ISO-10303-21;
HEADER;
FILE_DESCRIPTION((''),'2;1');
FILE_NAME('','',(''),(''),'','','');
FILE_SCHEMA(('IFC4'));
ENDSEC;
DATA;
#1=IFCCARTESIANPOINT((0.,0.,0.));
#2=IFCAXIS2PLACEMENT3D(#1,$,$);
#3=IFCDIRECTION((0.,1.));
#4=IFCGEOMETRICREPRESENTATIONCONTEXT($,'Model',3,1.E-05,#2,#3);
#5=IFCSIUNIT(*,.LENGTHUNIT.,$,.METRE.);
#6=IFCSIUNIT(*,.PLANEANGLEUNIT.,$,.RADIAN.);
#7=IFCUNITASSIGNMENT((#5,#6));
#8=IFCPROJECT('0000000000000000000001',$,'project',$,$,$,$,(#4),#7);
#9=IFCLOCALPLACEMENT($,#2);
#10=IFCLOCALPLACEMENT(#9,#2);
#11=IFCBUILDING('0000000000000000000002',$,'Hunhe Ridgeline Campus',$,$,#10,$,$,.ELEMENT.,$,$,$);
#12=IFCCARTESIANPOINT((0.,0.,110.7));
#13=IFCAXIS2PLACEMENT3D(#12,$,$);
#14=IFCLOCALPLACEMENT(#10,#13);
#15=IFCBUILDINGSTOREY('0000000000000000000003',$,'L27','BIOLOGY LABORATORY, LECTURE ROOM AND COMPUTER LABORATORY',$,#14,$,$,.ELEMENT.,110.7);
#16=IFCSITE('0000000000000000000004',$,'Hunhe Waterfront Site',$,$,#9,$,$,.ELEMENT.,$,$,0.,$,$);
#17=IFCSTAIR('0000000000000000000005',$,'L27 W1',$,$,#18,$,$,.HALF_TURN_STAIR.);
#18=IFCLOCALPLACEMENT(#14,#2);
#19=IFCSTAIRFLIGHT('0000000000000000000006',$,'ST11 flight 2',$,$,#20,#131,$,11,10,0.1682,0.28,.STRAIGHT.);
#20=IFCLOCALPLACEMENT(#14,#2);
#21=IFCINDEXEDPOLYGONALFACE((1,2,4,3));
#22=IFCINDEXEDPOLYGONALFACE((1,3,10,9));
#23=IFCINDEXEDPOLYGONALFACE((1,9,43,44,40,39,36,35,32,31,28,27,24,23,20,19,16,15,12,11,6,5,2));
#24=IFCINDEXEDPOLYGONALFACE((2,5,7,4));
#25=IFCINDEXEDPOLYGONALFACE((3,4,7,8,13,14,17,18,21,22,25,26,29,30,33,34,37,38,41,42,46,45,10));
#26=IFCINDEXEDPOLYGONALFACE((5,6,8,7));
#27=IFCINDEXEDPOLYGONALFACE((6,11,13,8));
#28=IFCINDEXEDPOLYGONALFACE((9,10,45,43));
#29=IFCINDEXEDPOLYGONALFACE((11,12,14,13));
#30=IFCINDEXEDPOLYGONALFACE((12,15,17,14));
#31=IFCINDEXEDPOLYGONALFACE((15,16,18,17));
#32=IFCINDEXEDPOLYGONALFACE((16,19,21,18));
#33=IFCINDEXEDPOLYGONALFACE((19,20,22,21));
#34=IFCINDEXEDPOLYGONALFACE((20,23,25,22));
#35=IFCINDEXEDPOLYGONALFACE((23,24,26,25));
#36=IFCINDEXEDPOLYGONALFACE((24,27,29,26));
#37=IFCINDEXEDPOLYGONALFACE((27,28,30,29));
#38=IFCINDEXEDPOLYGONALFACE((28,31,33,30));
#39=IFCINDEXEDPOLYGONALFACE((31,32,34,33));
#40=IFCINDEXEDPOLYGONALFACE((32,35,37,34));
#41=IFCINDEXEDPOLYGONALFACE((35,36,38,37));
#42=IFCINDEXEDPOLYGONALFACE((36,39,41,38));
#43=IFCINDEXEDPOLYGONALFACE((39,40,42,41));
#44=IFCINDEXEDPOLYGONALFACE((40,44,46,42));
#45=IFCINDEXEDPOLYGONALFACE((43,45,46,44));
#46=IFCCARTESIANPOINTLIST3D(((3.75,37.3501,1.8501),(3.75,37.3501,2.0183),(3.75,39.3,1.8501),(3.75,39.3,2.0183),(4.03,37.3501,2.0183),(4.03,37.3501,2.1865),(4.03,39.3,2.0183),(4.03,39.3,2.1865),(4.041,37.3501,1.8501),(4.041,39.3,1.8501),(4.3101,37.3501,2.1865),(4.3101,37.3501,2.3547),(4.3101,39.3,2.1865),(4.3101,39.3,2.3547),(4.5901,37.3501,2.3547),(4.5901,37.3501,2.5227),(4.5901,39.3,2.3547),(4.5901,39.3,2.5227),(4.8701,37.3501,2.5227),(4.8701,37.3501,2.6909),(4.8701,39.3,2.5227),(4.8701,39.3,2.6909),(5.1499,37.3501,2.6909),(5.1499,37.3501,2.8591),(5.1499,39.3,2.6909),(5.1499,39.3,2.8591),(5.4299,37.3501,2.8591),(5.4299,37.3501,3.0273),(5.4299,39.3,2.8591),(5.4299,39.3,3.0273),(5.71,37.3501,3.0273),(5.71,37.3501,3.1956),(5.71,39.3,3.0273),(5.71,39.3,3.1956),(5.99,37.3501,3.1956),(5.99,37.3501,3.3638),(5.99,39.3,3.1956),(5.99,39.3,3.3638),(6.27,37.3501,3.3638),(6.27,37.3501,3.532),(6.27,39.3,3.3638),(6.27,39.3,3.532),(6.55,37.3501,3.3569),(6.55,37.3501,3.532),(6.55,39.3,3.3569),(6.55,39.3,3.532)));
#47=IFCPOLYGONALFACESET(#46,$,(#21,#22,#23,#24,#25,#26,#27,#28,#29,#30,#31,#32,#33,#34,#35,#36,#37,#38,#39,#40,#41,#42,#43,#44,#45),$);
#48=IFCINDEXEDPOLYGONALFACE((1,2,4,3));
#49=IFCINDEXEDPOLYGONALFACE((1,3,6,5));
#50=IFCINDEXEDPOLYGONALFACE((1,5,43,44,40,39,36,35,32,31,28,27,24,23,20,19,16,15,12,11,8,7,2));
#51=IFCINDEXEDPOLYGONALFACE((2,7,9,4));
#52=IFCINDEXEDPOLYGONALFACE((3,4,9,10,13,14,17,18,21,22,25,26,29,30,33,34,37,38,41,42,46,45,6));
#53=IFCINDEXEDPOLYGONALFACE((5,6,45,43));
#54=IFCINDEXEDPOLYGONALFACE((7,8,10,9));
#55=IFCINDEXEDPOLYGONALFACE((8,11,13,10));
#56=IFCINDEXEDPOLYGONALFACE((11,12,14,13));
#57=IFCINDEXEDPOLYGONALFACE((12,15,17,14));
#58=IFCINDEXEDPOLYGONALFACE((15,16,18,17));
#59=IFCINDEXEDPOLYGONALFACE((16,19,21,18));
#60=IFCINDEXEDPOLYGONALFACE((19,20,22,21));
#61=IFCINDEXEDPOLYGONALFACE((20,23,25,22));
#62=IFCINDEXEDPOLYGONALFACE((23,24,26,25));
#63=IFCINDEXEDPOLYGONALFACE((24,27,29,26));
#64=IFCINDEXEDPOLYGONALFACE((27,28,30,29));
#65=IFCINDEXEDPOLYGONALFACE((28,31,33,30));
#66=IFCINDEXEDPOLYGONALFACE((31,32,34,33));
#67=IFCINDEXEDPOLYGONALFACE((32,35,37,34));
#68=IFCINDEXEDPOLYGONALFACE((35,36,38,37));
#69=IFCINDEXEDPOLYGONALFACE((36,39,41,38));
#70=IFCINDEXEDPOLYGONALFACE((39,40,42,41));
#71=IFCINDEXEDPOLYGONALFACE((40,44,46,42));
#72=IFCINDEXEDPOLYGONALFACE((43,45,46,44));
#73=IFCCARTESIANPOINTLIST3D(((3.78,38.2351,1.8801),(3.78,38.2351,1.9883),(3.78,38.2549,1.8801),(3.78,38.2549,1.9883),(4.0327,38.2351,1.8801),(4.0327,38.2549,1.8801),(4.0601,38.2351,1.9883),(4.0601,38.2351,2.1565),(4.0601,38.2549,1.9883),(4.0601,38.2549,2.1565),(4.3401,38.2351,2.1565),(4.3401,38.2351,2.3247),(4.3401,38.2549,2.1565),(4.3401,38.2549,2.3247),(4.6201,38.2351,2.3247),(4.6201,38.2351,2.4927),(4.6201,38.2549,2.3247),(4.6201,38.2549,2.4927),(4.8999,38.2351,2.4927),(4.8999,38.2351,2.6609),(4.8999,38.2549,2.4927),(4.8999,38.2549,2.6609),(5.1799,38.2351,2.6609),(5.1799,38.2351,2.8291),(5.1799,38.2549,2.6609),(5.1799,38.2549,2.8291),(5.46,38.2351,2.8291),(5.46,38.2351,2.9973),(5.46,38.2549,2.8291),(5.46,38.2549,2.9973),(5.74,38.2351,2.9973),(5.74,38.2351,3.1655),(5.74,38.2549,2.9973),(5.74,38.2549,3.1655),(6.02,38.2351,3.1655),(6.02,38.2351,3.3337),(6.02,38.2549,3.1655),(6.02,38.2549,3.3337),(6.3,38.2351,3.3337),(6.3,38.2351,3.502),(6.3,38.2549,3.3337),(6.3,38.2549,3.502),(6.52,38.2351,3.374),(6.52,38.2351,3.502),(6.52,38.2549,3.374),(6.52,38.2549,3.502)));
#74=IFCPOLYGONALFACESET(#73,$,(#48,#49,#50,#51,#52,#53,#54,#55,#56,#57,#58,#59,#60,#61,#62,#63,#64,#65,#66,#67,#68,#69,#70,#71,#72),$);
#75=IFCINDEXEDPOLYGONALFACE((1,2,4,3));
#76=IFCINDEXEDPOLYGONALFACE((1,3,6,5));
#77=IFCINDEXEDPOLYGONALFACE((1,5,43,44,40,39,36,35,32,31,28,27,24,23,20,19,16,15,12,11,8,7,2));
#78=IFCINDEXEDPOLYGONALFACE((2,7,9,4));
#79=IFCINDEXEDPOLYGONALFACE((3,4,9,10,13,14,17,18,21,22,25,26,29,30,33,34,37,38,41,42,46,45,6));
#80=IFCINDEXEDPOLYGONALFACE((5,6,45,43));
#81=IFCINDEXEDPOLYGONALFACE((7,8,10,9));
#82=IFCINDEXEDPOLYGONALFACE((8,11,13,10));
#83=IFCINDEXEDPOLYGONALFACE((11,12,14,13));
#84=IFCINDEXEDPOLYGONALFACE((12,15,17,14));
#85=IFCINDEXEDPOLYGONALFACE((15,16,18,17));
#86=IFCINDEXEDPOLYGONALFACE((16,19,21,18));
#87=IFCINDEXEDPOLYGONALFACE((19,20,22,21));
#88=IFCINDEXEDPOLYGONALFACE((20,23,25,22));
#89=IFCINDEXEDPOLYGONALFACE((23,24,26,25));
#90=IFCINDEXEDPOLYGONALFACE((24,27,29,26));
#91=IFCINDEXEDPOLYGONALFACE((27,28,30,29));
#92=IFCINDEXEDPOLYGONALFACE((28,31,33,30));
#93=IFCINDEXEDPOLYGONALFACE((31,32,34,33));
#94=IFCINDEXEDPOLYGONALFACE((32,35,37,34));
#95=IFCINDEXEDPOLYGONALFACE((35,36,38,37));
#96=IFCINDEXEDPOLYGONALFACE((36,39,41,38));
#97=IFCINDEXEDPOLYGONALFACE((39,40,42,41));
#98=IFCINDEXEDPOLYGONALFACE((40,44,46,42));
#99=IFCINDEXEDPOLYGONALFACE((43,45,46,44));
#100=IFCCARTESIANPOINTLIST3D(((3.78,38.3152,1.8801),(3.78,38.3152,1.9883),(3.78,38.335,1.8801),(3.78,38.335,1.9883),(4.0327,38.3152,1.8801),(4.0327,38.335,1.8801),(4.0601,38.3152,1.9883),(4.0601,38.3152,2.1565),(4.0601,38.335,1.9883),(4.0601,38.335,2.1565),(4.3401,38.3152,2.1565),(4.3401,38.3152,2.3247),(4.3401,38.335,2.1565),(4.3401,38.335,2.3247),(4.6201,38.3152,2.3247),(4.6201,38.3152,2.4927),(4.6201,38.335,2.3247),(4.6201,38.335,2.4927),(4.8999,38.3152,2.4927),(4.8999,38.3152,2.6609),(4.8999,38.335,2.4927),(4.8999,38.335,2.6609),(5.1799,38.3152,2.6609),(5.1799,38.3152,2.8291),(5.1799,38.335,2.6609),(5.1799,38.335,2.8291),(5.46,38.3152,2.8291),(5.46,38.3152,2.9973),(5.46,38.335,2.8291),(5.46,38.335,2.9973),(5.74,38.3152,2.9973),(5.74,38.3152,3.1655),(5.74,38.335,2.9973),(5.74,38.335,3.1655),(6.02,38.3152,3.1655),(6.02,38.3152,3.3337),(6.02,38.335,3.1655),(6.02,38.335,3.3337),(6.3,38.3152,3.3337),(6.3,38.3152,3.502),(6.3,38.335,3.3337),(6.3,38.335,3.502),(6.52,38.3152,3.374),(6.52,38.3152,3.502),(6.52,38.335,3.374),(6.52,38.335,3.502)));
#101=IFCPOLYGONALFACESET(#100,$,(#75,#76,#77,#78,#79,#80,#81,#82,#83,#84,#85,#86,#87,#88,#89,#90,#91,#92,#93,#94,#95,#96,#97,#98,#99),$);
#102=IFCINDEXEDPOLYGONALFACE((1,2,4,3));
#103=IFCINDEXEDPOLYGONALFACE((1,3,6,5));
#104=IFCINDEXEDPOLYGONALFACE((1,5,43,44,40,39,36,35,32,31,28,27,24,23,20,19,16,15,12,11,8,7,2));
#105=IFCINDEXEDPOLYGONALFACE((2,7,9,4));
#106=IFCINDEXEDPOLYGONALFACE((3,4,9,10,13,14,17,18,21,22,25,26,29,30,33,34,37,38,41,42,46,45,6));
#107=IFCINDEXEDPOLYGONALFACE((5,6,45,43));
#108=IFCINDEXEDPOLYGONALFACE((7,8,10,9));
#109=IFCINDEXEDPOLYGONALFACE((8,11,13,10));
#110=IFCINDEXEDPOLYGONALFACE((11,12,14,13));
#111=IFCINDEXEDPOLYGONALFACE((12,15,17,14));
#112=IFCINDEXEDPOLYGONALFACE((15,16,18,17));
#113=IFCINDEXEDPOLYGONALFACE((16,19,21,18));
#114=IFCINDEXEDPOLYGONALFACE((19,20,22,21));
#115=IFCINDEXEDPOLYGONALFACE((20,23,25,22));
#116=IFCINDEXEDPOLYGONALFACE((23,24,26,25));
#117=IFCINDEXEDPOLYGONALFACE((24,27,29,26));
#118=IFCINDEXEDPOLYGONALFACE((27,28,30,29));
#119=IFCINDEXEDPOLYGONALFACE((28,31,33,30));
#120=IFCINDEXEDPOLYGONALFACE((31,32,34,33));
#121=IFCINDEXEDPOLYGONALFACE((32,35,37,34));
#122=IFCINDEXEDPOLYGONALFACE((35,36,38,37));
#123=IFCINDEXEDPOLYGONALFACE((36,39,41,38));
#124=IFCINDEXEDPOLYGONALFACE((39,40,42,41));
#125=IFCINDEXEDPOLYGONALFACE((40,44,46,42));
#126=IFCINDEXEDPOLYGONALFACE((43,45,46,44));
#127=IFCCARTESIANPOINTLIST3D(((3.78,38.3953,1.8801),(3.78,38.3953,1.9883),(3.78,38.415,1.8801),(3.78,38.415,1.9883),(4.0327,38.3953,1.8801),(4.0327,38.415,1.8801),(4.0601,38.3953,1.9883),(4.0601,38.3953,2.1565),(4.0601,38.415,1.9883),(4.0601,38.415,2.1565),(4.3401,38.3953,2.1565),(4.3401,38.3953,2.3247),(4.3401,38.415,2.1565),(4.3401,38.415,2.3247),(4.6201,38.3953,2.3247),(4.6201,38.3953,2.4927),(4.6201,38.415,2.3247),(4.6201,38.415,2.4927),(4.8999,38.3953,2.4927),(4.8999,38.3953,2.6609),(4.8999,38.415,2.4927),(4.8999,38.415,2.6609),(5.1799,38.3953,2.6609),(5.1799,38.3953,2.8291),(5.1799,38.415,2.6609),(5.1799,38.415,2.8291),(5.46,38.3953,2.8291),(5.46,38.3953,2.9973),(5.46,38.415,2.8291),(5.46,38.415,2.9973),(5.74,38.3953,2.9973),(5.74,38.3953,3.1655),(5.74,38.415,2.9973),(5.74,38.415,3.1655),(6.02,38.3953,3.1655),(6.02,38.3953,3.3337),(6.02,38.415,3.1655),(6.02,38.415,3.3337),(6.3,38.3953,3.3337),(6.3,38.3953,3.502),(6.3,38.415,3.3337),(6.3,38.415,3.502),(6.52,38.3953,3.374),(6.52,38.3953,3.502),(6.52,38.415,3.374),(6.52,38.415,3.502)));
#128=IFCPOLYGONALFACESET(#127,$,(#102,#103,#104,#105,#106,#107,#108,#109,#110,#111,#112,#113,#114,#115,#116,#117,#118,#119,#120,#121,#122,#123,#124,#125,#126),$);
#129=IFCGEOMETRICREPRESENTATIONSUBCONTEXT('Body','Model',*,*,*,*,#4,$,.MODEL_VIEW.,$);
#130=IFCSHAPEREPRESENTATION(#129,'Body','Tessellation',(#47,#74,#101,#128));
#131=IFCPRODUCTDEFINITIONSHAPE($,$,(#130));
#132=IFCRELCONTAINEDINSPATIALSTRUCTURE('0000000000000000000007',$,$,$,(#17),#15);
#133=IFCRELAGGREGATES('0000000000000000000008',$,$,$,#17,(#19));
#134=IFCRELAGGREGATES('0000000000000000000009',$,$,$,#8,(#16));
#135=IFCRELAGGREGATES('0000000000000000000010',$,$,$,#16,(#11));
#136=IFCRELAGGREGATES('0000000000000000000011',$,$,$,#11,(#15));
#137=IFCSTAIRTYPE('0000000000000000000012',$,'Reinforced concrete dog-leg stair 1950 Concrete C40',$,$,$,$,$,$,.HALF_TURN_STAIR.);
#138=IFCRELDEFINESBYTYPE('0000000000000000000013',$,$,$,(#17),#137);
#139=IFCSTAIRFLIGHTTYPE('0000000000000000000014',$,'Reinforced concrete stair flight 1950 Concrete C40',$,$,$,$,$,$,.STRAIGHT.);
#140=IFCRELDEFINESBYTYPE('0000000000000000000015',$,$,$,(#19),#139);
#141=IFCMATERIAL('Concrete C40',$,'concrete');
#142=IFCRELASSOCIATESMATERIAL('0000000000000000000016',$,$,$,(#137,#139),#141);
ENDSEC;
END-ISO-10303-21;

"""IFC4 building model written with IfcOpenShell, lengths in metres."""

from ifc_helpers import new_model, si_unit, direction, frame, origin, place, context, subcontext, project, spatial, polyline, outline, extrude, material, type_object, element, aggregate, save


model = new_model("IFC4")

# Units and contexts
model_context = context("Model", 3, precision=1e-05, world=origin(), true_north=direction((0.0, 1.0)))
body_context = subcontext(model_context, "Body", "Model", "MODEL_VIEW")
ifc_project = project(units=[si_unit("LENGTHUNIT", "METRE"), si_unit("PLANEANGLEUNIT", "RADIAN")], contexts=[model_context])

# Site, building, storey
site_placement = place(None, origin())
site = spatial("IfcSite", under=ifc_project, at=site_placement, Name="Hunhe Waterfront Site", CompositionType="ELEMENT", RefElevation=0.0)
building_placement = place(site_placement, origin())
building = spatial("IfcBuilding", under=site, at=building_placement, Name="Hunhe Ridgeline Campus", CompositionType="ELEMENT")
storey_placement = place(building_placement, frame((0.0, 0.0, 110.7)))
storey = spatial("IfcBuildingStorey", under=building, at=storey_placement, Name="L27", Description="BIOLOGY LABORATORY, LECTURE ROOM AND COMPUTER LABORATORY", CompositionType="ELEMENT", Elevation=110.7)

# Shared definitions
ifc_material_1 = material(Name="Concrete C40", Category="concrete")
stair_type = type_object("IfcStairType", Name="Reinforced concrete dog-leg stair 1950 Concrete C40", PredefinedType="HALF_TURN_STAIR", material=ifc_material_1)
stair_flight_type = type_object("IfcStairFlightType", Name="Reinforced concrete stair flight 1950 Concrete C40", PredefinedType="STRAIGHT", material=ifc_material_1)

# Stair, stair flight
stair_1_placement = place(storey_placement, origin())
stair_1 = element("IfcStair", 1, at=stair_1_placement, inside=storey, type_object=stair_type, Name="L27 W1", PredefinedType="HALF_TURN_STAIR")
stair_flight_1_placement = place(storey_placement, frame((3.75, 38.325, 1.8501), z_axis=(0.0, 0.0, 1.0), x_axis=(1.0, 0.0, 0.0)))
stair_flight_1 = element("IfcStairFlight", 2, at=stair_flight_1_placement, type_object=stair_flight_type, Name="ST11 flight 2", NumberOfRisers=11, NumberOfTreads=10, PredefinedType="STRAIGHT", RiserHeight=0.1682, TreadLength=0.28, context=body_context, shape_type="SweptSolid", body=[
    extrude(outline(polyline([(0.0, 0.0), (0.0, 0.1682), (0.28, 0.1682), (0.28, 0.3364), (0.5601, 0.3364), (0.5601, 0.5046), (0.8401, 0.5046), (0.8401, 0.6726), (1.1201, 0.6726), (1.1201, 0.8408), (1.3999, 0.8408), (1.3999, 1.009), (1.6799, 1.009), (1.6799, 1.1772), (1.96, 1.1772), (1.96, 1.3455), (2.24, 1.3455), (2.24, 1.5137), (2.52, 1.5137), (2.52, 1.6819), (2.8, 1.6819), (2.8, 1.8501), (2.8, 1.5068), (0.291, 0.0), (0.0, 0.0)])), frame((0.0, 0.9751, 0.0), z_axis=(0.0, -1.0, 0.0), x_axis=(1.0, 0.0, 0.0)), (0.0, 0.0, 1.0), 1.95),
    extrude(outline(polyline([(0.03, 0.03), (0.03, 0.1382), (0.3101, 0.1382), (0.3101, 0.3064), (0.5901, 0.3064), (0.5901, 0.4746), (0.8701, 0.4746), (0.8701, 0.6426), (1.1499, 0.6426), (1.1499, 0.8108), (1.4299, 0.8108), (1.4299, 0.979), (1.71, 0.979), (1.71, 1.1472), (1.99, 1.1472), (1.99, 1.3154), (2.27, 1.3154), (2.27, 1.4836), (2.55, 1.4836), (2.55, 1.6519), (2.77, 1.6519), (2.77, 1.5239), (0.2827, 0.03), (0.03, 0.03)])), frame((0.0, -0.0701, 0.0), z_axis=(0.0, -1.0, 0.0), x_axis=(1.0, 0.0, 0.0)), (0.0, 0.0, 1.0), 0.0198),
    extrude(outline(polyline([(0.03, 0.03), (0.03, 0.1382), (0.3101, 0.1382), (0.3101, 0.3064), (0.5901, 0.3064), (0.5901, 0.4746), (0.8701, 0.4746), (0.8701, 0.6426), (1.1499, 0.6426), (1.1499, 0.8108), (1.4299, 0.8108), (1.4299, 0.979), (1.71, 0.979), (1.71, 1.1472), (1.99, 1.1472), (1.99, 1.3154), (2.27, 1.3154), (2.27, 1.4836), (2.55, 1.4836), (2.55, 1.6519), (2.77, 1.6519), (2.77, 1.5239), (0.2827, 0.03), (0.03, 0.03)])), frame((0.0, 0.01, 0.0), z_axis=(0.0, -1.0, 0.0), x_axis=(1.0, 0.0, 0.0)), (0.0, 0.0, 1.0), 0.0198),
    extrude(outline(polyline([(0.03, 0.03), (0.03, 0.1382), (0.3101, 0.1382), (0.3101, 0.3064), (0.5901, 0.3064), (0.5901, 0.4746), (0.8701, 0.4746), (0.8701, 0.6426), (1.1499, 0.6426), (1.1499, 0.8108), (1.4299, 0.8108), (1.4299, 0.979), (1.71, 0.979), (1.71, 1.1472), (1.99, 1.1472), (1.99, 1.3154), (2.27, 1.3154), (2.27, 1.4836), (2.55, 1.4836), (2.55, 1.6519), (2.77, 1.6519), (2.77, 1.5239), (0.2827, 0.03), (0.03, 0.03)])), frame((0.0, 0.0901, 0.0), z_axis=(0.0, -1.0, 0.0), x_axis=(1.0, 0.0, 0.0)), (0.0, 0.0, 1.0), 0.0198),
])
aggregate(stair_1, [stair_flight_1])

save(model, "model.ifc")
